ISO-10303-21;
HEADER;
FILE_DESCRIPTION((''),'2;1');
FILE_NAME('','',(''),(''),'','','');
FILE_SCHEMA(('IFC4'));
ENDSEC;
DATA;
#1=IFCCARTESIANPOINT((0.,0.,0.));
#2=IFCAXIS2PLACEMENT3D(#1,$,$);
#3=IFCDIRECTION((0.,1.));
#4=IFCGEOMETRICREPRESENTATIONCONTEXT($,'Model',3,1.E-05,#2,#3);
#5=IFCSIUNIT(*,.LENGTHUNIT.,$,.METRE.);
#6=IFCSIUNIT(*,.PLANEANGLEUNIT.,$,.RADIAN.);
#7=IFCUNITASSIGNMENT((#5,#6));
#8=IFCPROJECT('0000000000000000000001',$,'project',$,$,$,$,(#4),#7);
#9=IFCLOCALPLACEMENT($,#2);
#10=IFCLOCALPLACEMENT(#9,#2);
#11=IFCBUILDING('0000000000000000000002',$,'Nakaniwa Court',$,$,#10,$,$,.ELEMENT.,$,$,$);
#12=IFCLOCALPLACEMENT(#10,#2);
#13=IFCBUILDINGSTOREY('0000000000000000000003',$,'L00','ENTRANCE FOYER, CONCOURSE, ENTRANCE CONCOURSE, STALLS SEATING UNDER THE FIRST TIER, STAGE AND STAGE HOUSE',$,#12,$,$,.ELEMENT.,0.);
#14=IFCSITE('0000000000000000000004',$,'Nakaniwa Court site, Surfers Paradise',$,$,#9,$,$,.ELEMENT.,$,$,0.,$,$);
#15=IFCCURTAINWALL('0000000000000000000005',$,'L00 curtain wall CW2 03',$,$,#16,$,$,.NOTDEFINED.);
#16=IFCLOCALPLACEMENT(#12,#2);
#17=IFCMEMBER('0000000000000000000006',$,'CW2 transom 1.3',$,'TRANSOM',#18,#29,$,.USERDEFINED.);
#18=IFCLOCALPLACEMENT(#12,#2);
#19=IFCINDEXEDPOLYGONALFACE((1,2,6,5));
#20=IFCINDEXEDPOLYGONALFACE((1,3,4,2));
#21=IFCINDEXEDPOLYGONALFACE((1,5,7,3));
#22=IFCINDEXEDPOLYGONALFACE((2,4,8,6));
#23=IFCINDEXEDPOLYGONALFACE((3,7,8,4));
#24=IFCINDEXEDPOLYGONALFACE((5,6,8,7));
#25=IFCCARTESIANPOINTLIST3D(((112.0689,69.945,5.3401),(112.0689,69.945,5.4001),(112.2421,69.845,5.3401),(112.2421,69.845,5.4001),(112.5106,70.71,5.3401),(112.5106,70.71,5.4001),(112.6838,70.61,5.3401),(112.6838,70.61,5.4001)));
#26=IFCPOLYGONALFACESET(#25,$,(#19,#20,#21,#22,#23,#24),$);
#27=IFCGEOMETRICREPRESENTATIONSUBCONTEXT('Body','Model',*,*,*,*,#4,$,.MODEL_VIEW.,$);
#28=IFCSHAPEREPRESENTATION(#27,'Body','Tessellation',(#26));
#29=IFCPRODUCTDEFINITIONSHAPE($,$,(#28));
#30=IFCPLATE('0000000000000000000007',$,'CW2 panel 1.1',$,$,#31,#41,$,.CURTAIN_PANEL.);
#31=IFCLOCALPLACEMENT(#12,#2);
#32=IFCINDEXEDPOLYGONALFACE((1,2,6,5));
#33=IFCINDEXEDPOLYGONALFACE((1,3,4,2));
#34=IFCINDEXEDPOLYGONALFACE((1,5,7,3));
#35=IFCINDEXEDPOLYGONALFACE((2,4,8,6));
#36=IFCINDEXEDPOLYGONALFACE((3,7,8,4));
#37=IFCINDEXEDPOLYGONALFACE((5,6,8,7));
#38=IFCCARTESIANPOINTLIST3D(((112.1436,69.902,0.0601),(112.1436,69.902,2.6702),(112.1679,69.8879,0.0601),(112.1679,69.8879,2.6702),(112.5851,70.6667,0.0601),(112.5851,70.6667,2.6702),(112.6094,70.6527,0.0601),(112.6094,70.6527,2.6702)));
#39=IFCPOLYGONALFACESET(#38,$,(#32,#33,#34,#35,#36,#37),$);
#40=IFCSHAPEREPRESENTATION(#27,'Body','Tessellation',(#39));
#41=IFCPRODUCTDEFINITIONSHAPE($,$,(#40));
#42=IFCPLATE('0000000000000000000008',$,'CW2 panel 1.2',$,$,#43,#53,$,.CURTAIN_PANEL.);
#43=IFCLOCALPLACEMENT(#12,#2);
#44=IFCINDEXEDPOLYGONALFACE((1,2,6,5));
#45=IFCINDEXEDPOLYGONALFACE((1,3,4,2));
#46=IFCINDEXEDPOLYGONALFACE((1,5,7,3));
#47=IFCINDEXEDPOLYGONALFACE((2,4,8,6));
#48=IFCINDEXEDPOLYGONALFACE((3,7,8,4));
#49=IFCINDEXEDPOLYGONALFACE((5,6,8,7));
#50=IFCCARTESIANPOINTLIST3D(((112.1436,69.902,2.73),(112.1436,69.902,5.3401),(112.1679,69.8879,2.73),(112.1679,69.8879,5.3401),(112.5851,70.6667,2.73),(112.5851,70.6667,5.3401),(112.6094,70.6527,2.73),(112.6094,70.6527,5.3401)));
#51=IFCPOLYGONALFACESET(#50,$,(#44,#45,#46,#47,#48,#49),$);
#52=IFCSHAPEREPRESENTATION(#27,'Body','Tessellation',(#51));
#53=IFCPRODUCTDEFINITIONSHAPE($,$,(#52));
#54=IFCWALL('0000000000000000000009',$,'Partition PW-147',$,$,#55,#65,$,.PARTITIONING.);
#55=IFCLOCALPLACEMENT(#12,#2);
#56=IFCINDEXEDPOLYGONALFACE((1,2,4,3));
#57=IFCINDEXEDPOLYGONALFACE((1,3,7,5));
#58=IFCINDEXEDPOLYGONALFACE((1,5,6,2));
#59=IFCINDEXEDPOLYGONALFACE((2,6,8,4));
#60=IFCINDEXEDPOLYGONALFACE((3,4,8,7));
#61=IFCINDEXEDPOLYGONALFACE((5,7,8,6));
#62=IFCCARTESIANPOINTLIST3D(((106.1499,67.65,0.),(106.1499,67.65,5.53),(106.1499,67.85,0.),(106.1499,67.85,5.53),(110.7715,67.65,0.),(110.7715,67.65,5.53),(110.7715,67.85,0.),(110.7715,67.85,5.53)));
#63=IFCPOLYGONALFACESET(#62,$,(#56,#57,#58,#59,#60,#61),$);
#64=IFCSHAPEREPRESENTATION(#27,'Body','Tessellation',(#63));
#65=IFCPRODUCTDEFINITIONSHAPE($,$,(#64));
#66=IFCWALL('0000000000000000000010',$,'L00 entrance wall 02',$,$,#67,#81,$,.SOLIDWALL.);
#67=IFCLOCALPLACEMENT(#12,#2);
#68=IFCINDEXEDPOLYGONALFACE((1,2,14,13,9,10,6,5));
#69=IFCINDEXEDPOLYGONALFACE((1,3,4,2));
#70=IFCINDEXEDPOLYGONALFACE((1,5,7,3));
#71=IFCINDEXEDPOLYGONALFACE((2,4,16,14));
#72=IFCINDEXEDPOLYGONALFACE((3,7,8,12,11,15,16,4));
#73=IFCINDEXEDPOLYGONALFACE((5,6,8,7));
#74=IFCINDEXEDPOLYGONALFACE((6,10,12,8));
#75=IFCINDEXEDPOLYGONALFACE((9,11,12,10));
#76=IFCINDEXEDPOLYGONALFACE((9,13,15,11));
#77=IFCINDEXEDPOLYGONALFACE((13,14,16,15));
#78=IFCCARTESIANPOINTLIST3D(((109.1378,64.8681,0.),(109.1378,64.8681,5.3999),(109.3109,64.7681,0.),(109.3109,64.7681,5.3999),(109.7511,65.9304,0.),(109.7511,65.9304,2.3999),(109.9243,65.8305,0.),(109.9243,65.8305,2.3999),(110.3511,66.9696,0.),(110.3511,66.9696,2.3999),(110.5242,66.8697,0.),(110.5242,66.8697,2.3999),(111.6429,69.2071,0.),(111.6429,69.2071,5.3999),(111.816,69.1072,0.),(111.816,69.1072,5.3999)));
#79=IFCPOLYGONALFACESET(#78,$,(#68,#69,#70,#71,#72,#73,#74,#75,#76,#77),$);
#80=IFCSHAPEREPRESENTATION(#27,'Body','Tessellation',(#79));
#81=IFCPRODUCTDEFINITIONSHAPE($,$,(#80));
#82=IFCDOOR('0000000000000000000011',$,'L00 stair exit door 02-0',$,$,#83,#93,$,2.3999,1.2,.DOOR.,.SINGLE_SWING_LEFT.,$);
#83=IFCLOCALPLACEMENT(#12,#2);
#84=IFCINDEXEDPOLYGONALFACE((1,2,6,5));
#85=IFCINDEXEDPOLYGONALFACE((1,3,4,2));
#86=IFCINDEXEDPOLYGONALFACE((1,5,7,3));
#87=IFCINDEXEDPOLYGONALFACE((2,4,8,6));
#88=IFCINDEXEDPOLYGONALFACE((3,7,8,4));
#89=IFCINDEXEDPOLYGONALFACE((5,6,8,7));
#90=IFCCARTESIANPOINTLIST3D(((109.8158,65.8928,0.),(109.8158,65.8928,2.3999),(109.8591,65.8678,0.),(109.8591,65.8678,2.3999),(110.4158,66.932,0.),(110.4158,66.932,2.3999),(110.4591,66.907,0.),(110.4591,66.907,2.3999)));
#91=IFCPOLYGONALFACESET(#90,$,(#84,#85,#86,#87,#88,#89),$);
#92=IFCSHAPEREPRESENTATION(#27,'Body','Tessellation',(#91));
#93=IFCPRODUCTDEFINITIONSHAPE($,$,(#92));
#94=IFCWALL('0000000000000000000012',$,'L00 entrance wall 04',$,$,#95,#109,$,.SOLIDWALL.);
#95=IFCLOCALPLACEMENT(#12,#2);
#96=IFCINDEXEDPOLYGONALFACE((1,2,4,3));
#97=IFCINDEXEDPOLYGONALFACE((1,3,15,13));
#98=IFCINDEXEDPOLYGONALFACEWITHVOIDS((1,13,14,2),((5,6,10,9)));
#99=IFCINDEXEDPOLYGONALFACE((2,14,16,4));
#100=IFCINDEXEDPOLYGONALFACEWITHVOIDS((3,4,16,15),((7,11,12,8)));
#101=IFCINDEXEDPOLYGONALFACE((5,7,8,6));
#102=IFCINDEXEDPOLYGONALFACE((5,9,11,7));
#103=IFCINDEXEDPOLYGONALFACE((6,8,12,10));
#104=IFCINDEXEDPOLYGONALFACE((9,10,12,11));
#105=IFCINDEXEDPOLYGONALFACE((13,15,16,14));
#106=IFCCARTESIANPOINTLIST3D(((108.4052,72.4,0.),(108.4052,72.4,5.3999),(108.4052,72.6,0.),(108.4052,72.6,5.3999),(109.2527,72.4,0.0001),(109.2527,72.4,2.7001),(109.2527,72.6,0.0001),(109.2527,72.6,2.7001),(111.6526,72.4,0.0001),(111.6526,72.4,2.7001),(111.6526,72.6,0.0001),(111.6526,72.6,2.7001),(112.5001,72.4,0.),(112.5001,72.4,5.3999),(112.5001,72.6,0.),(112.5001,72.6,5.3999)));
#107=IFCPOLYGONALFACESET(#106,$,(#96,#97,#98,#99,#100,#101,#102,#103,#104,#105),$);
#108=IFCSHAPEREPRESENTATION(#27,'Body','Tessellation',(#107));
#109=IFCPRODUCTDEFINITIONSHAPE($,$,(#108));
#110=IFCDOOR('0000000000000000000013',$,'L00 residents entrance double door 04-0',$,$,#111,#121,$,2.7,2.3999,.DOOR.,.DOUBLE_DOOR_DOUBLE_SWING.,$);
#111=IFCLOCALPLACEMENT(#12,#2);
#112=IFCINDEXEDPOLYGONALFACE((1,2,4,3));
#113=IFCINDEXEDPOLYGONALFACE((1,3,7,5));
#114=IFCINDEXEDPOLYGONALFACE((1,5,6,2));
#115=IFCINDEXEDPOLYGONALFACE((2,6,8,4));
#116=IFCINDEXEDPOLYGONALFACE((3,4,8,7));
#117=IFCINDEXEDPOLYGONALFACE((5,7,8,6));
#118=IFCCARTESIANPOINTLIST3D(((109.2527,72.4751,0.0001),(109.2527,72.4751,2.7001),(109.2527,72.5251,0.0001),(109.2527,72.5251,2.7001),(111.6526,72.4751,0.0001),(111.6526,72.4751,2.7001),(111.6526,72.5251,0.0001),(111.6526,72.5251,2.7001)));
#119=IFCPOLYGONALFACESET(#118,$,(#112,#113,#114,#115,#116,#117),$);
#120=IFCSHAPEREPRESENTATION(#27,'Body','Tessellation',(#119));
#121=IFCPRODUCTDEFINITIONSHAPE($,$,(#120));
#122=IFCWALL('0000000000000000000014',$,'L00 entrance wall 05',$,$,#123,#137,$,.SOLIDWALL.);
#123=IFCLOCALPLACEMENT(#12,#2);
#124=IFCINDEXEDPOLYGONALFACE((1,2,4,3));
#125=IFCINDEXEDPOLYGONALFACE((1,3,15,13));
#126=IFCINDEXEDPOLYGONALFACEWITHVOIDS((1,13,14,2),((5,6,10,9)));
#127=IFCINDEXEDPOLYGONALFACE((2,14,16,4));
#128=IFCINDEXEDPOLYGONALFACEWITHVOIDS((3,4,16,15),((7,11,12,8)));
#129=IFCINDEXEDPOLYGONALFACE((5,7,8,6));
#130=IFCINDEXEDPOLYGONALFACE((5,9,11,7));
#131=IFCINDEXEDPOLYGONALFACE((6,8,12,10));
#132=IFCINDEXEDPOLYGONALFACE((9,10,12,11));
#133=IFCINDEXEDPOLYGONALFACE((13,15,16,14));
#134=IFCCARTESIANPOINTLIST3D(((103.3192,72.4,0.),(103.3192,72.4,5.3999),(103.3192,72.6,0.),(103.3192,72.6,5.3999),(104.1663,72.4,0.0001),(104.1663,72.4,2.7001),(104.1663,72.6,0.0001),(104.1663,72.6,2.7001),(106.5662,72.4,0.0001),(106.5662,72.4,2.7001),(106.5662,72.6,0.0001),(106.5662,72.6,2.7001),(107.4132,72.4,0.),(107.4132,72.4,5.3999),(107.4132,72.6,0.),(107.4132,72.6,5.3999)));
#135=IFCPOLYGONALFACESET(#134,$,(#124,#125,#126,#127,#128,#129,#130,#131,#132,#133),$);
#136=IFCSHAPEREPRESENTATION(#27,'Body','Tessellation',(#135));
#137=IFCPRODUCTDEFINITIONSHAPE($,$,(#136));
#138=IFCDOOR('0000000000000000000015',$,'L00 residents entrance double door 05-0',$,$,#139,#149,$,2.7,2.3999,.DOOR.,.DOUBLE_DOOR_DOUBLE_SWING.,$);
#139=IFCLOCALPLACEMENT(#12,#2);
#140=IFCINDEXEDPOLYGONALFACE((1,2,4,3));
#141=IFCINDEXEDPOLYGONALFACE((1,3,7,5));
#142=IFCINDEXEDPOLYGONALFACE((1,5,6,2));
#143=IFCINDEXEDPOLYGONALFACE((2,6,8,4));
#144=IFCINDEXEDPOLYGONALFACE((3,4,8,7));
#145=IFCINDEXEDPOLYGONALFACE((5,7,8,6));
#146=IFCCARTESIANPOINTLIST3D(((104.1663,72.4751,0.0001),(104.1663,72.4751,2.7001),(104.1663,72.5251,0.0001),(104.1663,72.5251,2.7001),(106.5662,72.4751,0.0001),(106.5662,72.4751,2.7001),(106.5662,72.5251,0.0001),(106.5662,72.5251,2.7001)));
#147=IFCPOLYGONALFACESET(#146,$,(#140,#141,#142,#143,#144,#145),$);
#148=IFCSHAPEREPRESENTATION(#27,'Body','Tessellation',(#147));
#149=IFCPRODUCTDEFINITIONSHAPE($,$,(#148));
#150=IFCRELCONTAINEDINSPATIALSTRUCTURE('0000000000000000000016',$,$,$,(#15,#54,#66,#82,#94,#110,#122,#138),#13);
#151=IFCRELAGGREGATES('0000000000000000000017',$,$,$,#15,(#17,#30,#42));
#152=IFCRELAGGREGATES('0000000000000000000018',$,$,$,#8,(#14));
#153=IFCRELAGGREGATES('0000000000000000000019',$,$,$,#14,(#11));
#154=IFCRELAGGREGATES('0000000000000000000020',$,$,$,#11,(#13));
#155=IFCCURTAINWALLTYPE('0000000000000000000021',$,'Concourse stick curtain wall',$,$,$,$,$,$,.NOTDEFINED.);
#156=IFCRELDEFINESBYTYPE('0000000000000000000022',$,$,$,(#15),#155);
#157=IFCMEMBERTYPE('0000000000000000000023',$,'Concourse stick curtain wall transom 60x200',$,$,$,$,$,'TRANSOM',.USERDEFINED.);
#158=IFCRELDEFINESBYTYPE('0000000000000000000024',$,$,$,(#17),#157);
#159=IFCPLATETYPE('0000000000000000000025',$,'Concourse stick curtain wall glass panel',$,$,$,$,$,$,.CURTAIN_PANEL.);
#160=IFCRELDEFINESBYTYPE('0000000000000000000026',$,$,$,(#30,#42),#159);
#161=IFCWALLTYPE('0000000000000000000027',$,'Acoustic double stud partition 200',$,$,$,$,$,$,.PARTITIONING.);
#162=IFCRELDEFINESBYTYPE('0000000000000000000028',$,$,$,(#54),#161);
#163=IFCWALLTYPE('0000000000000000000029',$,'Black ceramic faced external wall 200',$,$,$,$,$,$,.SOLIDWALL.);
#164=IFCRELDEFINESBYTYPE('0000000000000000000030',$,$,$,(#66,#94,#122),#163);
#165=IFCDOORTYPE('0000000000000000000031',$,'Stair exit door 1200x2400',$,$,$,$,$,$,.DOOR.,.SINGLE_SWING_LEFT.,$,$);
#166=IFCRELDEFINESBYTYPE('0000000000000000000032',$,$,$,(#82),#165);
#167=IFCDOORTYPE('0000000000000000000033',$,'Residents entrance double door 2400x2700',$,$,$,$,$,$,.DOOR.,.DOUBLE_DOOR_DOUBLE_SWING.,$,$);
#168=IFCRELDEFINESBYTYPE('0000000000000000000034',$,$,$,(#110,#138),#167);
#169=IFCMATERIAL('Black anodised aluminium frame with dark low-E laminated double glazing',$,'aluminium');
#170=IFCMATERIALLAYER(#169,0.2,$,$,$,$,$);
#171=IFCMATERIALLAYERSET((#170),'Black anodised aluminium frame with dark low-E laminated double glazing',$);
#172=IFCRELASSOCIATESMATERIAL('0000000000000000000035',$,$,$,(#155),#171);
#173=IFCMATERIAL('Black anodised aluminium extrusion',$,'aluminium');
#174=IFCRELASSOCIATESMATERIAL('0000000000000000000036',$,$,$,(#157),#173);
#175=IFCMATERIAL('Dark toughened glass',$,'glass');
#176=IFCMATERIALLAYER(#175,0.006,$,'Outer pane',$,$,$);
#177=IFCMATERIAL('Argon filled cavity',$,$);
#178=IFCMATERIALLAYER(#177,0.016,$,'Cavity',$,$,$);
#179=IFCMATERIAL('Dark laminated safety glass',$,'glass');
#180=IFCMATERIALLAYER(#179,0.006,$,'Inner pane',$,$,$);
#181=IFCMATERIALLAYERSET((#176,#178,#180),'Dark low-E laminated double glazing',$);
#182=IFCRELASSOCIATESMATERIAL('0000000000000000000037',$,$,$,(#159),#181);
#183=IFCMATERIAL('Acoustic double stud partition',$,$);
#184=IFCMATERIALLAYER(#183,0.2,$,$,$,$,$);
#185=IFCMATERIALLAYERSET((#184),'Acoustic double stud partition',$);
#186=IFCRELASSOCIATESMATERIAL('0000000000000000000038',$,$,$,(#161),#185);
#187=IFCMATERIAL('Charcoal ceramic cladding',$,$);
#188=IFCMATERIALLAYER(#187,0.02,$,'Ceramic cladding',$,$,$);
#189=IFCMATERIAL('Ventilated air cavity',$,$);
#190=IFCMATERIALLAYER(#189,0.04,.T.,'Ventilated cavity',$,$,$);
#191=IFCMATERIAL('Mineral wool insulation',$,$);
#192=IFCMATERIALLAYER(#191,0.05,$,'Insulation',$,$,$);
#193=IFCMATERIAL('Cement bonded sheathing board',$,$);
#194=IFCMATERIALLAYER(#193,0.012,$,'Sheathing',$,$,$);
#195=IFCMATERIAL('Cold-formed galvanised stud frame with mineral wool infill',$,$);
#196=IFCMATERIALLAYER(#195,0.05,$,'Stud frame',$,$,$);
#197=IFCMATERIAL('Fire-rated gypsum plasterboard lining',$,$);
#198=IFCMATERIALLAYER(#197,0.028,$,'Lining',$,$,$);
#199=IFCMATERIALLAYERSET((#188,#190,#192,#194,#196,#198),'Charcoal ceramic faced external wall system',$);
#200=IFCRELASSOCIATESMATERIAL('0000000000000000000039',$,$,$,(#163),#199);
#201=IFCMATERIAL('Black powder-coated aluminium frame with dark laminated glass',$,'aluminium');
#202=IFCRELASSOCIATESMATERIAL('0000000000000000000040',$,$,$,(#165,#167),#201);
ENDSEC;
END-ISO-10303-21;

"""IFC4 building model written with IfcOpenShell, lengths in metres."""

from ifc_helpers import new_model, si_unit, direction, frame, frame_2d, origin, origin_2d, place, context, subcontext, project, spatial, rectangle, extrude, material, layer, layer_set, material_profile, profile_set, type_object, element, fill, aggregate, save


model = new_model("IFC4")

# Units and contexts
model_context = context("Model", 3, precision=1e-05, world=origin(), true_north=direction((0.0, 1.0)))
body_context = subcontext(model_context, "Body", "Model", "MODEL_VIEW")
ifc_project = project(units=[si_unit("LENGTHUNIT", "METRE"), si_unit("PLANEANGLEUNIT", "RADIAN")], contexts=[model_context])

# Site, building, storey
site_placement = place(None, origin())
site = spatial("IfcSite", under=ifc_project, at=site_placement, Name="Nakaniwa Court site, Surfers Paradise", CompositionType="ELEMENT", RefElevation=0.0)
building_placement = place(site_placement, origin())
building = spatial("IfcBuilding", under=site, at=building_placement, Name="Nakaniwa Court", CompositionType="ELEMENT")
storey_placement = place(building_placement, origin())
storey = spatial("IfcBuildingStorey", under=building, at=storey_placement, Name="L00", Description="ENTRANCE FOYER, CONCOURSE, ENTRANCE CONCOURSE, STALLS SEATING UNDER THE FIRST TIER, STAGE AND STAGE HOUSE", CompositionType="ELEMENT", Elevation=0.0)

# Curtain wall, member, plates
ifc_material_1 = material(Name="Black anodised aluminium frame with dark low-E laminated double glazing", Category="aluminium")
ifc_layer_1 = layer(ifc_material_1, 0.2)
ifc_layer_set_1 = layer_set([ifc_layer_1], Name="Black anodised aluminium frame with dark low-E laminated double glazing")
curtain_wall_type = type_object("IfcCurtainWallType", Name="Concourse stick curtain wall", PredefinedType="NOTDEFINED", material=ifc_layer_set_1)
curtain_wall_placement = place(storey_placement, origin())
curtain_wall = element("IfcCurtainWall", 1, at=curtain_wall_placement, inside=storey, type_object=curtain_wall_type, Name="L00 curtain wall CW2 03", PredefinedType="NOTDEFINED")
ifc_material_2 = material(Name="Black anodised aluminium extrusion", Category="aluminium")
ifc_material_profile_1 = material_profile(ifc_material_2, rectangle(XDim=0.2, YDim=0.0601, at=origin_2d()), Name="Concourse stick curtain wall transom 60x200")
ifc_profile_set_1 = profile_set([ifc_material_profile_1], Name="Black anodised aluminium extrusion")
member_type_1 = type_object("IfcMemberType", Name="Concourse stick curtain wall transom 60x200", ElementType="TRANSOM", PredefinedType="USERDEFINED", material=ifc_profile_set_1)
member_1_placement = place(storey_placement, frame((112.1555, 69.895, 5.3701), z_axis=(0.500034, 0.866006, 0.0), x_axis=(-0.866006, 0.500034, 0.0)))
member_1 = element("IfcMember", 2, at=member_1_placement, type_object=member_type_1, Name="CW2 transom 1.3", ObjectType="TRANSOM", PredefinedType="USERDEFINED", context=body_context, shape_type="SweptSolid", body=[
    extrude(rectangle(XDim=0.2, YDim=0.0601, at=origin_2d()), origin(), (0.0, 0.0, 1.0), 0.8833),
])
ifc_material_3 = material(Name="Dark toughened glass", Category="glass")
ifc_layer_2 = layer(ifc_material_3, 0.006, Name="Outer pane")
ifc_material_4 = material(Name="Argon filled cavity")
ifc_layer_3 = layer(ifc_material_4, 0.016, Name="Cavity")
ifc_material_5 = material(Name="Dark laminated safety glass", Category="glass")
ifc_layer_4 = layer(ifc_material_5, 0.006, Name="Inner pane")
ifc_layer_set_2 = layer_set([ifc_layer_2, ifc_layer_3, ifc_layer_4], Name="Dark low-E laminated double glazing")
plate_type = type_object("IfcPlateType", Name="Concourse stick curtain wall glass panel", PredefinedType="CURTAIN_PANEL", material=ifc_layer_set_2)
plate_1_placement = place(storey_placement, frame((112.3765, 70.2773, 0.0601), z_axis=(0.0, 0.0, 1.0), x_axis=(0.499975, 0.86604, 0.0)))
plate_1 = element("IfcPlate", 3, at=plate_1_placement, type_object=plate_type, Name="CW2 panel 1.1", PredefinedType="CURTAIN_PANEL", context=body_context, shape_type="SweptSolid", body=[
    extrude(rectangle(XDim=0.8831, YDim=0.0281, at=origin_2d()), origin(), (0.0, 0.0, 1.0), 2.6101),
])
plate_2_placement = place(storey_placement, frame((112.3765, 70.2773, 2.73), z_axis=(0.0, 0.0, 1.0), x_axis=(0.499975, 0.86604, 0.0)))
plate_2 = element("IfcPlate", 4, at=plate_2_placement, type_object=plate_type, Name="CW2 panel 1.2", PredefinedType="CURTAIN_PANEL", context=body_context, shape_type="SweptSolid", body=[
    extrude(rectangle(XDim=0.8831, YDim=0.0281, at=origin_2d()), origin(), (0.0, 0.0, 1.0), 2.6101),
])
aggregate(curtain_wall, [member_1, plate_1, plate_2])

# Wall
ifc_material_6 = material(Name="Acoustic double stud partition")
ifc_layer_5 = layer(ifc_material_6, 0.2)
ifc_layer_set_3 = layer_set([ifc_layer_5], Name="Acoustic double stud partition")
wall_type_1 = type_object("IfcWallType", Name="Acoustic double stud partition 200", PredefinedType="PARTITIONING", material=ifc_layer_set_3)
wall_1_placement = place(storey_placement, frame((106.1499, 67.75, 0.0), z_axis=(0.0, 0.0, 1.0), x_axis=(1.0, 0.0, 0.0)))
element("IfcWall", 5, at=wall_1_placement, inside=storey, type_object=wall_type_1, Name="Partition PW-147", PredefinedType="PARTITIONING", context=body_context, shape_type="SweptSolid", body=[
    extrude(rectangle(XDim=4.6216, YDim=0.2, at=frame_2d((2.3108, 0.0))), origin(), (0.0, 0.0, 1.0), 5.53),
])

# Walls, openings, doors
ifc_material_7 = material(Name="Charcoal ceramic cladding")
ifc_layer_6 = layer(ifc_material_7, 0.02, Name="Ceramic cladding")
ifc_material_8 = material(Name="Ventilated air cavity")
ifc_layer_7 = layer(ifc_material_8, 0.04, ventilated=True, Name="Ventilated cavity")
ifc_material_9 = material(Name="Mineral wool insulation")
ifc_layer_8 = layer(ifc_material_9, 0.05, Name="Insulation")
ifc_material_10 = material(Name="Cement bonded sheathing board")
ifc_layer_9 = layer(ifc_material_10, 0.012, Name="Sheathing")
ifc_material_11 = material(Name="Cold-formed galvanised stud frame with mineral wool infill")
ifc_layer_10 = layer(ifc_material_11, 0.05, Name="Stud frame")
ifc_material_12 = material(Name="Fire-rated gypsum plasterboard lining")
ifc_layer_11 = layer(ifc_material_12, 0.028, Name="Lining")
ifc_layer_set_4 = layer_set([ifc_layer_6, ifc_layer_7, ifc_layer_8, ifc_layer_9, ifc_layer_10, ifc_layer_11], Name="Charcoal ceramic faced external wall system")
wall_type_2 = type_object("IfcWallType", Name="Black ceramic faced external wall 200", PredefinedType="SOLIDWALL", material=ifc_layer_set_4)
wall_2_placement = place(storey_placement, frame((109.2244, 64.8181, 0.0), z_axis=(0.0, 0.0, 1.0), x_axis=(0.499991, 0.866031, 0.0)))
wall_2 = element("IfcWall", 6, at=wall_2_placement, inside=storey, type_object=wall_type_2, Name="L00 entrance wall 02", PredefinedType="SOLIDWALL", context=body_context, shape_type="SweptSolid", body=[
    extrude(rectangle(XDim=5.0103, YDim=0.2, at=frame_2d((2.5051, 0.0))), origin(), (0.0, 0.0, 1.0), 5.3999),
])
opening_1_placement = place(wall_2_placement, frame((1.2266, 0.0, 0.0)))
opening_1 = element("IfcOpeningElement", 7, at=opening_1_placement, cuts=wall_2, PredefinedType="OPENING", context=body_context, shape_type="SweptSolid", body=[
    extrude(rectangle(XDim=1.2, YDim=2.3999, at=frame_2d((0.6001, 1.2))), frame((0.0, 0.1099, 0.0), z_axis=(0.0, -1.0, 0.0), x_axis=(1.0, 0.0, 0.0)), (0.0, 0.0, 1.0), 0.22),
])
ifc_material_13 = material(Name="Black powder-coated aluminium frame with dark laminated glass", Category="aluminium")
door_type_1 = type_object("IfcDoorType", Name="Stair exit door 1200x2400", OperationType="SINGLE_SWING_LEFT", PredefinedType="DOOR", material=ifc_material_13)
door_1_placement = place(opening_1_placement, frame((1.2, 0.0, 0.0), z_axis=(0.0, 0.0, 1.0), x_axis=(-1.0, 0.0, 0.0)))
door_1 = element("IfcDoor", 8, at=door_1_placement, inside=storey, type_object=door_type_1, Name="L00 stair exit door 02-0", OperationType="SINGLE_SWING_LEFT", OverallHeight=2.3999, OverallWidth=1.2, PredefinedType="DOOR", context=body_context, shape_type="SweptSolid", body=[
    extrude(rectangle(XDim=1.2, YDim=2.3999, at=frame_2d((0.6001, 1.2))), frame((0.0, 0.0249, 0.0), z_axis=(0.0, -1.0, 0.0), x_axis=(1.0, 0.0, 0.0)), (0.0, 0.0, 1.0), 0.05),
])
fill(opening_1, door_1)
wall_3_placement = place(storey_placement, frame((112.5, 72.5, 0.0), z_axis=(0.0, 0.0, 1.0), x_axis=(-1.0, 0.0, 0.0)))
wall_3 = element("IfcWall", 9, at=wall_3_placement, inside=storey, type_object=wall_type_2, Name="L00 entrance wall 04", PredefinedType="SOLIDWALL", context=body_context, shape_type="SweptSolid", body=[
    extrude(rectangle(XDim=4.095, YDim=0.2, at=frame_2d((2.0474, 0.0))), origin(), (0.0, 0.0, 1.0), 5.3999),
])
opening_2_placement = place(wall_3_placement, frame((0.8474, 0.0, 0.0)))
opening_2 = element("IfcOpeningElement", 10, at=opening_2_placement, cuts=wall_3, PredefinedType="OPENING", context=body_context, shape_type="SweptSolid", body=[
    extrude(rectangle(XDim=2.3999, YDim=2.7, at=frame_2d((1.2, 1.3501))), frame((0.0, 0.1099, 0.0), z_axis=(0.0, -1.0, 0.0), x_axis=(1.0, 0.0, 0.0)), (0.0, 0.0, 1.0), 0.22),
])
door_type_2 = type_object("IfcDoorType", Name="Residents entrance double door 2400x2700", OperationType="DOUBLE_DOOR_DOUBLE_SWING", PredefinedType="DOOR", material=ifc_material_13)
door_2_placement = place(opening_2_placement, origin())
door_2 = element("IfcDoor", 11, at=door_2_placement, inside=storey, type_object=door_type_2, Name="L00 residents entrance double door 04-0", OperationType="DOUBLE_DOOR_DOUBLE_SWING", OverallHeight=2.7, OverallWidth=2.3999, PredefinedType="DOOR", context=body_context, shape_type="SweptSolid", body=[
    extrude(rectangle(XDim=2.3999, YDim=2.7, at=frame_2d((1.2, 1.3501))), frame((0.0, 0.0249, 0.0), z_axis=(0.0, -1.0, 0.0), x_axis=(1.0, 0.0, 0.0)), (0.0, 0.0, 1.0), 0.05),
])
fill(opening_2, door_2)
wall_4_placement = place(storey_placement, frame((107.4131, 72.5, 0.0), z_axis=(0.0, 0.0, 1.0), x_axis=(-1.0, 0.0, 0.0)))
wall_4 = element("IfcWall", 12, at=wall_4_placement, inside=storey, type_object=wall_type_2, Name="L00 entrance wall 05", PredefinedType="SOLIDWALL", context=body_context, shape_type="SweptSolid", body=[
    extrude(rectangle(XDim=4.094, YDim=0.2, at=frame_2d((2.0469, 0.0))), origin(), (0.0, 0.0, 1.0), 5.3999),
])
opening_3_placement = place(wall_4_placement, frame((0.8469, 0.0, 0.0)))
opening_3 = element("IfcOpeningElement", 13, at=opening_3_placement, cuts=wall_4, PredefinedType="OPENING", context=body_context, shape_type="SweptSolid", body=[
    extrude(rectangle(XDim=2.3999, YDim=2.7, at=frame_2d((1.2, 1.3501))), frame((0.0, 0.1099, 0.0), z_axis=(0.0, -1.0, 0.0), x_axis=(1.0, 0.0, 0.0)), (0.0, 0.0, 1.0), 0.22),
])
door_3_placement = place(opening_3_placement, origin())
door_3 = element("IfcDoor", 14, at=door_3_placement, inside=storey, type_object=door_type_2, Name="L00 residents entrance double door 05-0", OperationType="DOUBLE_DOOR_DOUBLE_SWING", OverallHeight=2.7, OverallWidth=2.3999, PredefinedType="DOOR", context=body_context, shape_type="SweptSolid", body=[
    extrude(rectangle(XDim=2.3999, YDim=2.7, at=frame_2d((1.2, 1.3501))), frame((0.0, 0.0249, 0.0), z_axis=(0.0, -1.0, 0.0), x_axis=(1.0, 0.0, 0.0)), (0.0, 0.0, 1.0), 0.05),
])
fill(opening_3, door_3)

save(model, "model.ifc")
